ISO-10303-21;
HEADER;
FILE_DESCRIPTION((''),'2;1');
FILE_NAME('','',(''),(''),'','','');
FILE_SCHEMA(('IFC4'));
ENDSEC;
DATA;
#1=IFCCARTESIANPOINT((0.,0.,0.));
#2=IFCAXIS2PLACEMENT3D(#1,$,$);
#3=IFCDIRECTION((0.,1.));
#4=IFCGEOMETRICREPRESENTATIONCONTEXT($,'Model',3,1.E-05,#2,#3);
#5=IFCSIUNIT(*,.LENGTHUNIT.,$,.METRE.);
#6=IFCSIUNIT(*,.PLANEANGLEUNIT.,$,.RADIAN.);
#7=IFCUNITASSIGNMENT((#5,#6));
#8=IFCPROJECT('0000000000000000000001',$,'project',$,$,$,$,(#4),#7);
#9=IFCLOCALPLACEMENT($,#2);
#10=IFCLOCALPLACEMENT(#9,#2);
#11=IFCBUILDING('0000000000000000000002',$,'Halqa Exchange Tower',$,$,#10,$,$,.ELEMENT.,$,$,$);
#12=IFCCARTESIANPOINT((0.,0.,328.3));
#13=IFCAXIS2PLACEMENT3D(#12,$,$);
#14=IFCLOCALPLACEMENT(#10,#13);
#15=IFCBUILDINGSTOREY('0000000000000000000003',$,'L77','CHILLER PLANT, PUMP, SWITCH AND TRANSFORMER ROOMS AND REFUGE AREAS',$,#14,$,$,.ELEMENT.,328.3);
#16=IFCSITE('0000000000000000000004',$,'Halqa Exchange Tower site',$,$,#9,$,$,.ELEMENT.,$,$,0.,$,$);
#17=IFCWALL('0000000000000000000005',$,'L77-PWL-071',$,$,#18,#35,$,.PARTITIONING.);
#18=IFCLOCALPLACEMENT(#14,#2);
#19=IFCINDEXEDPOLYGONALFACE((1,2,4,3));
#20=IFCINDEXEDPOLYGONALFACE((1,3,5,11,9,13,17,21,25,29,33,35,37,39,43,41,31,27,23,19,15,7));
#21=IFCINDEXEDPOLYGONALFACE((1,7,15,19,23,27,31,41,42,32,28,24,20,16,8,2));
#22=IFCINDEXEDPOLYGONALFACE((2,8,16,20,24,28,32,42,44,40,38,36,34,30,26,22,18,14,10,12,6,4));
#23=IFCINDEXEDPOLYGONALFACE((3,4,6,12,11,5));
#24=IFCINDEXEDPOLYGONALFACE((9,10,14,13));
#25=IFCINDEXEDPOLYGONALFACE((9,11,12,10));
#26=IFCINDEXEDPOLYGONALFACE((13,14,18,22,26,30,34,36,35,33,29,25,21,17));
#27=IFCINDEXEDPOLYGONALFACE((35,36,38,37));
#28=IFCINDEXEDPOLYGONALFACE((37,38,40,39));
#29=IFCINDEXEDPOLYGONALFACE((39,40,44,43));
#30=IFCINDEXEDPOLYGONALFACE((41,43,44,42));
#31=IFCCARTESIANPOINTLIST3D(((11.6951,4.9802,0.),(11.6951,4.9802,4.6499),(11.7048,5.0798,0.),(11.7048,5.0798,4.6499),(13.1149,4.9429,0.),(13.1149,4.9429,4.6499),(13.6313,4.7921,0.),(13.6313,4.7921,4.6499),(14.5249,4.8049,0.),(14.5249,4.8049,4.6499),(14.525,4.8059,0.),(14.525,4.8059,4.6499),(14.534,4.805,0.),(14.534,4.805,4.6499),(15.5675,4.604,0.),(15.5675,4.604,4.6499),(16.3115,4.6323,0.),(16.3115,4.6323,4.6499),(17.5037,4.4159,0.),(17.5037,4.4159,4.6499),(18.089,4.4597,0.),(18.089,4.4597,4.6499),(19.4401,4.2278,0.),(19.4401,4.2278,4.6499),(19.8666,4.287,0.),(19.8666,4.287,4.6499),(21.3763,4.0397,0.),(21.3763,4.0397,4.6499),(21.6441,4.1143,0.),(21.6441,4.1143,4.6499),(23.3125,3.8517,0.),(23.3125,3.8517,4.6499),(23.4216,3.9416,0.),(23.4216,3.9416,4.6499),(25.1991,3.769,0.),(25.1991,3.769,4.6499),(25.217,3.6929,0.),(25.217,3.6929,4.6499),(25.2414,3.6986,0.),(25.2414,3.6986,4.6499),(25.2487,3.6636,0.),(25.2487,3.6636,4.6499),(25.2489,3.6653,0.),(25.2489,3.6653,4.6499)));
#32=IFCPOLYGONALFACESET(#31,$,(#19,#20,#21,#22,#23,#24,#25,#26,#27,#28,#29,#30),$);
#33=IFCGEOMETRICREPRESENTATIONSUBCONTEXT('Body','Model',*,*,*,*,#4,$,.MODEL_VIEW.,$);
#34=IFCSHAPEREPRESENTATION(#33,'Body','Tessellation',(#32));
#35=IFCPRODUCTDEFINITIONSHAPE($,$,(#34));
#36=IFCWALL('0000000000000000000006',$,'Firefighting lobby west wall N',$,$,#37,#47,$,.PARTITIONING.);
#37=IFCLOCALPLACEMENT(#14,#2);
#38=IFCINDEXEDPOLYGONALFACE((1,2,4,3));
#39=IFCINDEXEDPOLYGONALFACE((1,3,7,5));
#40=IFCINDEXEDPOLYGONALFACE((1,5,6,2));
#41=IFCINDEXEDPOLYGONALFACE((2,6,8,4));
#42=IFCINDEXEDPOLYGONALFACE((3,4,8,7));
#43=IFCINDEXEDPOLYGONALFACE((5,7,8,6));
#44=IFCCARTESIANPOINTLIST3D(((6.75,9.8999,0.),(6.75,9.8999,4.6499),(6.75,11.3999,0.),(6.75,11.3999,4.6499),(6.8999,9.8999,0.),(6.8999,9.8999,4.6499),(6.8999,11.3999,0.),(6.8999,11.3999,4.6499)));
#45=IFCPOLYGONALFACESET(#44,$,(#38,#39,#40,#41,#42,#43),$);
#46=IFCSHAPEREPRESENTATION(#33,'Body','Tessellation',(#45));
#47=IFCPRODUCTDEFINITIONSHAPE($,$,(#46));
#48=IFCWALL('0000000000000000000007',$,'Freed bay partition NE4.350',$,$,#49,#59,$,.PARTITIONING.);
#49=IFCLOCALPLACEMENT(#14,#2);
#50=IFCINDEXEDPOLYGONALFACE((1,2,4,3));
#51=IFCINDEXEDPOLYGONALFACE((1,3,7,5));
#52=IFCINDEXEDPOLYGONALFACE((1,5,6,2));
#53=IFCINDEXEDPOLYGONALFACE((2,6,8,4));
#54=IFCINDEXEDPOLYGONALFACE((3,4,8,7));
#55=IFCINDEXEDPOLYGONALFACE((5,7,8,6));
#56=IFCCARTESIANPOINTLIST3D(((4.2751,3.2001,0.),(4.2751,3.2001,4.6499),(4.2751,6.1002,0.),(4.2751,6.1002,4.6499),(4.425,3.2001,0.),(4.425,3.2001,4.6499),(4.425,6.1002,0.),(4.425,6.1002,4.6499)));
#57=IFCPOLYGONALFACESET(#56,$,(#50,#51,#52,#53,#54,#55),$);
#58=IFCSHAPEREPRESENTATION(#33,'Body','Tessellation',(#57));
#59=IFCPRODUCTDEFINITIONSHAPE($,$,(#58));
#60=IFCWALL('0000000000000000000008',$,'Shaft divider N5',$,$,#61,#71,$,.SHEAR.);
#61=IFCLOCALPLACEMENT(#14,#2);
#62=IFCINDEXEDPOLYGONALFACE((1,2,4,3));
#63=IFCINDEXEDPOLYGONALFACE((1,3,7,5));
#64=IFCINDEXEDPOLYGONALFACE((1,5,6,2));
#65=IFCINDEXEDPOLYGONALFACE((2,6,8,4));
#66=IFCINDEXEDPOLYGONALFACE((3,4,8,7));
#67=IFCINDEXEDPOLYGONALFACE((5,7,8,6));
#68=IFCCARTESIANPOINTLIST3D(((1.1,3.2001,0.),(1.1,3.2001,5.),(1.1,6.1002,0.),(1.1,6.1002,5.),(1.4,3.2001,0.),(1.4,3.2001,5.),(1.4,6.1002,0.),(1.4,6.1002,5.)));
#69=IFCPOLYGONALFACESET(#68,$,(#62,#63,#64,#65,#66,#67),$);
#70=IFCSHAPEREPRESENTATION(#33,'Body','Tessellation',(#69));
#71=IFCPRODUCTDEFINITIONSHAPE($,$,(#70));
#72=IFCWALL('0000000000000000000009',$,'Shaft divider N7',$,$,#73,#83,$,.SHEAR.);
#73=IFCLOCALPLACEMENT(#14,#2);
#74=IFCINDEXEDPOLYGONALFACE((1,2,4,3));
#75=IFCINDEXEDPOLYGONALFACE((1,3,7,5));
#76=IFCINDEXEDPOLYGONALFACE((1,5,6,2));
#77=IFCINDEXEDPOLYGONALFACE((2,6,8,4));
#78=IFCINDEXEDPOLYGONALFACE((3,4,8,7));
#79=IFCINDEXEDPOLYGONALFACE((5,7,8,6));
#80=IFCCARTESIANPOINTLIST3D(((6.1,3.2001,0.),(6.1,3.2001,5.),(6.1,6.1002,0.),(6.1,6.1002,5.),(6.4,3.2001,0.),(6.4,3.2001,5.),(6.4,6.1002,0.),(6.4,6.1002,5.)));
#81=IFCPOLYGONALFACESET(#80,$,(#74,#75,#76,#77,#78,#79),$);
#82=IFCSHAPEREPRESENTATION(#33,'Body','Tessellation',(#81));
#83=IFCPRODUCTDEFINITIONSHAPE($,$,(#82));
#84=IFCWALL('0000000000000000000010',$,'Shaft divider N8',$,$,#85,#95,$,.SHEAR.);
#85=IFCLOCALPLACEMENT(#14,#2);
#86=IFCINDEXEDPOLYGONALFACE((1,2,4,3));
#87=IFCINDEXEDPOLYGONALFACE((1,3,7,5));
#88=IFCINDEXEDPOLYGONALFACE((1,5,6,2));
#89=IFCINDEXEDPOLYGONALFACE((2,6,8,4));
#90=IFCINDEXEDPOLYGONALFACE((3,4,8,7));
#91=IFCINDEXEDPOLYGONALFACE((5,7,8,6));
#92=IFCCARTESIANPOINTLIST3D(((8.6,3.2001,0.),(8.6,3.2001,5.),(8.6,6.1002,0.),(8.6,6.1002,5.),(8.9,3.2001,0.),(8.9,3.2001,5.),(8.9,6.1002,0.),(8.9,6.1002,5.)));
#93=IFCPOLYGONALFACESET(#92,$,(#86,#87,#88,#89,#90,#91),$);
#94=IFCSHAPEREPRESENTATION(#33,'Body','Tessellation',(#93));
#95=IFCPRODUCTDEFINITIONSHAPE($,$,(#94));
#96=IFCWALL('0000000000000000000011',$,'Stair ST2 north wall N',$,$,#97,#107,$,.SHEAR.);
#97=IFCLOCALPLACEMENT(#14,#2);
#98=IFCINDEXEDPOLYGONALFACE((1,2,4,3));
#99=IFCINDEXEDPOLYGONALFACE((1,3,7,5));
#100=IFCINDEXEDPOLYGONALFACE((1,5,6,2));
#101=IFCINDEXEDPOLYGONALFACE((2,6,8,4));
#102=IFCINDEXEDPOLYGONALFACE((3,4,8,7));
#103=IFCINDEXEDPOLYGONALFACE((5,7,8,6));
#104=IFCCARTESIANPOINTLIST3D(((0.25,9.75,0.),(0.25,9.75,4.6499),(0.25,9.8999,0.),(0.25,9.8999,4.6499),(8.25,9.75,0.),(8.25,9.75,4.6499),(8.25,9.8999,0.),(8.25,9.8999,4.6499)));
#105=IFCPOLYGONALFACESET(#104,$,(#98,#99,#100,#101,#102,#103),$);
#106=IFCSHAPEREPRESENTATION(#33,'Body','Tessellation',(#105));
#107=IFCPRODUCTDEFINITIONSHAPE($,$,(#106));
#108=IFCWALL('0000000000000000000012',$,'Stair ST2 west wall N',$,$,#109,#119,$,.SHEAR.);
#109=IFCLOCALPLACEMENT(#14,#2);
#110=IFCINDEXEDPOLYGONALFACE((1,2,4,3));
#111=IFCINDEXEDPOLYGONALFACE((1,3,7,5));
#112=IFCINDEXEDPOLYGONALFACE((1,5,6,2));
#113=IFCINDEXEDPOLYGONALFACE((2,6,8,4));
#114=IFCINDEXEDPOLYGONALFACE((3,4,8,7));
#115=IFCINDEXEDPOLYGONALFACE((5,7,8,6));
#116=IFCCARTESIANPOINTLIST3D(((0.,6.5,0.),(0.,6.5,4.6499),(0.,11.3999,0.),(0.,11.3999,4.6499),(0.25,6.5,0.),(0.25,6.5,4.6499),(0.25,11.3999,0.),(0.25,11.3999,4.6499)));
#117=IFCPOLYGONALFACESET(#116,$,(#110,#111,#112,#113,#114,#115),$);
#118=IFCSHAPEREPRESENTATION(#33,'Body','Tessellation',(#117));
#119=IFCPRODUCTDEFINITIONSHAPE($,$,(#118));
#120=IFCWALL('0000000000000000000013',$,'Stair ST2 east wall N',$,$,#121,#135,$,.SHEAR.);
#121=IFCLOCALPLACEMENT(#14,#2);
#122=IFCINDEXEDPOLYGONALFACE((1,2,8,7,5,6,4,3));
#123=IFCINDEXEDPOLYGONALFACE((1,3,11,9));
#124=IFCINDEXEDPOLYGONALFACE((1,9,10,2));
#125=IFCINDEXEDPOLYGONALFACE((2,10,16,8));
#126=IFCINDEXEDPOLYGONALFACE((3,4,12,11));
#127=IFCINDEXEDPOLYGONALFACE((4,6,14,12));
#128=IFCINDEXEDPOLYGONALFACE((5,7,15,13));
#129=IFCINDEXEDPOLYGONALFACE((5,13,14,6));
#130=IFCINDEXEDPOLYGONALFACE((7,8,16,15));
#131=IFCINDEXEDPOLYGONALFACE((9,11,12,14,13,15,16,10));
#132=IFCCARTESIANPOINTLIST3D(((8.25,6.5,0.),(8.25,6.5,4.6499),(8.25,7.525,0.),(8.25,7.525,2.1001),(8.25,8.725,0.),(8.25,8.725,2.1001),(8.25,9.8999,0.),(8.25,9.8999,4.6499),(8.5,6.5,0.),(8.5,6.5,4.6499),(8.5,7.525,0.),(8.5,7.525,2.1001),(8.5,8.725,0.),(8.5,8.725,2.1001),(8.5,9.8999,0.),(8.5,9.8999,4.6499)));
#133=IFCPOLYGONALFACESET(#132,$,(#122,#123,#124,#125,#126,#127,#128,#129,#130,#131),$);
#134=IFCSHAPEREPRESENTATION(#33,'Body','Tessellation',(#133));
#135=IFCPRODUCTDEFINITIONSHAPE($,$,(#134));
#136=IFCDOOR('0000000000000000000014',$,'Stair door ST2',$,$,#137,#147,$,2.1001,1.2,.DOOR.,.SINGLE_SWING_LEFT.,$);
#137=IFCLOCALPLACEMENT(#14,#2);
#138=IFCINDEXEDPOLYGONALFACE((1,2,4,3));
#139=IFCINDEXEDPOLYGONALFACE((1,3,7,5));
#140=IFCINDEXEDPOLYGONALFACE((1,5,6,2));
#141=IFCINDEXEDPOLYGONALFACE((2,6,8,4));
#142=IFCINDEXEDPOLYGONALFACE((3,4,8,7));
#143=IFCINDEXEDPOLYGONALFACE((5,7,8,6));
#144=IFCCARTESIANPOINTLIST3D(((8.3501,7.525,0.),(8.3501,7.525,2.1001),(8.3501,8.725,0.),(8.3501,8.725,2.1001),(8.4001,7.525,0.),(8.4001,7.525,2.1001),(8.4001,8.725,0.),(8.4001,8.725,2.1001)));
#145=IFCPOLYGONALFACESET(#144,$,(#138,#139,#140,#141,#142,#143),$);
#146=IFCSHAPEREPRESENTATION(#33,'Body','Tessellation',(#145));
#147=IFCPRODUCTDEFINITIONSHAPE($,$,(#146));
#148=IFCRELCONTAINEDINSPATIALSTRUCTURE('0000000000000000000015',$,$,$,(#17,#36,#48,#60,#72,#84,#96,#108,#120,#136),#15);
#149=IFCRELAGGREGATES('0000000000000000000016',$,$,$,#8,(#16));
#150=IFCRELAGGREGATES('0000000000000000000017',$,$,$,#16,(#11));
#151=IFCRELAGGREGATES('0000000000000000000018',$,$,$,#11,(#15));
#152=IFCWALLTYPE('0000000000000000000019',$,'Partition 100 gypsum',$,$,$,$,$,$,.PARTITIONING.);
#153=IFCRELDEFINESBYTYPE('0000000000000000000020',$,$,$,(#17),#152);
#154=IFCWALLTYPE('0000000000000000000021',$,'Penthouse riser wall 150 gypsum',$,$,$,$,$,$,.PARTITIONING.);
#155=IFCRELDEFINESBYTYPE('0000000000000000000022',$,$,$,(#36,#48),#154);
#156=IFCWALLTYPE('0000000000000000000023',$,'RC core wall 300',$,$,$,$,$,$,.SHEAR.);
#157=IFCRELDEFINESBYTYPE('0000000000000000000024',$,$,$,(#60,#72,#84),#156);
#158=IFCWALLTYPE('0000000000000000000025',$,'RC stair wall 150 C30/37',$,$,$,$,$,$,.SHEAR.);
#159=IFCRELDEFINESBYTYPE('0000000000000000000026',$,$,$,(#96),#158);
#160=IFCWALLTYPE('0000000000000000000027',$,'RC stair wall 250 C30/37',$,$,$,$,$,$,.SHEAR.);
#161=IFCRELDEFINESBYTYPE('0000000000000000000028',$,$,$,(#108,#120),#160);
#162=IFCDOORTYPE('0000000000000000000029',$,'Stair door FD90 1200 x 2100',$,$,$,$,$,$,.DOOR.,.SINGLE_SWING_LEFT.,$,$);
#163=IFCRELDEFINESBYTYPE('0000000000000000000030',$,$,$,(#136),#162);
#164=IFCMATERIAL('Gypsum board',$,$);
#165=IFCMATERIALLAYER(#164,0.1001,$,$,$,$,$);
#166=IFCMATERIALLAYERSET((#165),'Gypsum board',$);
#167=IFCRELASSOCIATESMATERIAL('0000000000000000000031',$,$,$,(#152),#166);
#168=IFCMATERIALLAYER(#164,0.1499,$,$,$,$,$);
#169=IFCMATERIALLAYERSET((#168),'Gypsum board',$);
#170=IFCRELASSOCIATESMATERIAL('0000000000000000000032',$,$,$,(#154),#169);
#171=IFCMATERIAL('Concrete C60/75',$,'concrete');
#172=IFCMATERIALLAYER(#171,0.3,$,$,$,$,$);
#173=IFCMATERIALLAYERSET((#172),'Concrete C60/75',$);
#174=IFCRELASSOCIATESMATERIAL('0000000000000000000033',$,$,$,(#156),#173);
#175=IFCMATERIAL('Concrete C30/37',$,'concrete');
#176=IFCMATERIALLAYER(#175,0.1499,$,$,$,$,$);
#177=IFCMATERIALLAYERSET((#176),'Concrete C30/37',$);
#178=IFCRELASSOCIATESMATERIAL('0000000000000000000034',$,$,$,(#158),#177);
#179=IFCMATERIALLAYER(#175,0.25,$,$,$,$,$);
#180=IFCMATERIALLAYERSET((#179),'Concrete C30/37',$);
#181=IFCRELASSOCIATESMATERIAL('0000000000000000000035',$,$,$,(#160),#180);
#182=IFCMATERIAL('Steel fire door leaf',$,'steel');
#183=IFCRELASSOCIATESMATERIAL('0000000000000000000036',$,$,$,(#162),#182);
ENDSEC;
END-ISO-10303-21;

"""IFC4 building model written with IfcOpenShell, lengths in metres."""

from ifc_helpers import new_model, si_unit, direction, frame, frame_2d, origin, place, context, subcontext, project, spatial, polyline, rectangle, outline, extrude, material, layer, layer_set, type_object, element, fill, save


model = new_model("IFC4")

# Units and contexts
model_context = context("Model", 3, precision=1e-05, world=origin(), true_north=direction((0.0, 1.0)))
body_context = subcontext(model_context, "Body", "Model", "MODEL_VIEW")
ifc_project = project(units=[si_unit("LENGTHUNIT", "METRE"), si_unit("PLANEANGLEUNIT", "RADIAN")], contexts=[model_context])

# Site, building, storey
site_placement = place(None, origin())
site = spatial("IfcSite", under=ifc_project, at=site_placement, Name="Halqa Exchange Tower site", CompositionType="ELEMENT", RefElevation=0.0)
building_placement = place(site_placement, origin())
building = spatial("IfcBuilding", under=site, at=building_placement, Name="Halqa Exchange Tower", CompositionType="ELEMENT")
storey_placement = place(building_placement, frame((0.0, 0.0, 328.3)))
storey = spatial("IfcBuildingStorey", under=building, at=storey_placement, Name="L77", Description="CHILLER PLANT, PUMP, SWITCH AND TRANSFORMER ROOMS AND REFUGE AREAS", CompositionType="ELEMENT", Elevation=328.3)

# Shared definitions
ifc_material_1 = material(Name="Concrete C30/37", Category="concrete")

# Walls
ifc_material_2 = material(Name="Gypsum board")
ifc_layer_1 = layer(ifc_material_2, 0.1001)
ifc_layer_set_1 = layer_set([ifc_layer_1], Name="Gypsum board")
wall_type_1 = type_object("IfcWallType", Name="Partition 100 gypsum", PredefinedType="PARTITIONING", material=ifc_layer_set_1)
wall_1_placement = place(storey_placement, frame((11.7, 5.03, 0.0), z_axis=(0.0, 0.0, 1.0), x_axis=(0.995315, -0.096688, 0.0)))
element("IfcWall", 1, at=wall_1_placement, inside=storey, type_object=wall_type_1, Name="L77-PWL-071", PredefinedType="PARTITIONING", context=body_context, shape_type="SweptSolid", body=[
    extrude(outline(polyline([(13.6174, -0.05), (13.6174, -0.0483), (13.6067, -0.0159), (13.583, -0.0239), (13.5579, 0.05), (11.772, 0.05), (9.9861, 0.05), (8.2002, 0.05), (6.4143, 0.05), (4.6284, 0.05), (2.8425, 0.05), (2.8335, 0.0491), (2.8335, 0.05), (1.4167, 0.05), (0.0, 0.05), (0.0, -0.05), (1.9453, -0.05), (3.8906, -0.05), (5.8359, -0.05), (7.7815, -0.05), (9.7268, -0.05), (11.6721, -0.05), (13.6174, -0.05)])), origin(), (0.0, 0.0, 1.0), 4.6499),
])
ifc_layer_2 = layer(ifc_material_2, 0.1499)
ifc_layer_set_2 = layer_set([ifc_layer_2], Name="Gypsum board")
wall_type_2 = type_object("IfcWallType", Name="Penthouse riser wall 150 gypsum", PredefinedType="PARTITIONING", material=ifc_layer_set_2)
wall_2_placement = place(storey_placement, frame((6.825, 9.8999, 0.0), z_axis=(0.0, 0.0, 1.0), x_axis=(0.0, 1.0, 0.0)))
element("IfcWall", 2, at=wall_2_placement, inside=storey, type_object=wall_type_2, Name="Firefighting lobby west wall N", PredefinedType="PARTITIONING", context=body_context, shape_type="SweptSolid", body=[
    extrude(rectangle(XDim=1.5, YDim=0.1499, at=frame_2d((0.75, 0.0))), origin(), (0.0, 0.0, 1.0), 4.6499),
])
wall_3_placement = place(storey_placement, frame((4.3501, 3.2, 0.0), z_axis=(0.0, 0.0, 1.0), x_axis=(0.0, 1.0, 0.0)))
element("IfcWall", 3, at=wall_3_placement, inside=storey, type_object=wall_type_2, Name="Freed bay partition NE4.350", PredefinedType="PARTITIONING", context=body_context, shape_type="SweptSolid", body=[
    extrude(rectangle(XDim=2.9001, YDim=0.1499, at=frame_2d((1.4502, 0.0))), origin(), (0.0, 0.0, 1.0), 4.6499),
])
ifc_material_3 = material(Name="Concrete C60/75", Category="concrete")
ifc_layer_3 = layer(ifc_material_3, 0.3)
ifc_layer_set_3 = layer_set([ifc_layer_3], Name="Concrete C60/75")
wall_type_3 = type_object("IfcWallType", Name="RC core wall 300", PredefinedType="SHEAR", material=ifc_layer_set_3)
for number, where, z_axis, x_axis, name in (
    (4, (1.25, 3.2, 0.0), (0.0, 0.0, 1.0), (0.0, 1.0, 0.0), "Shaft divider N5"),
    (5, (6.25, 3.2, 0.0), (0.0, 0.0, 1.0), (0.0, 1.0, 0.0), "Shaft divider N7"),
    (6, (8.75, 3.2, 0.0), (0.0, 0.0, 1.0), (0.0, 1.0, 0.0), "Shaft divider N8"),
):
    element("IfcWall", number, at=place(storey_placement, frame(where, z_axis=z_axis, x_axis=x_axis)), inside=storey, type_object=wall_type_3, Name=name, PredefinedType="SHEAR", context=body_context, shape_type="SweptSolid", body=[
        extrude(rectangle(XDim=2.9001, YDim=0.3, at=frame_2d((1.4502, 0.0))), origin(), (0.0, 0.0, 1.0), 5.0),
    ])
ifc_layer_4 = layer(ifc_material_1, 0.1499)
ifc_layer_set_4 = layer_set([ifc_layer_4], Name="Concrete C30/37")
wall_type_4 = type_object("IfcWallType", Name="RC stair wall 150 C30/37", PredefinedType="SHEAR", material=ifc_layer_set_4)
wall_4_placement = place(storey_placement, frame((0.25, 9.825, 0.0), z_axis=(0.0, 0.0, 1.0), x_axis=(1.0, 0.0, 0.0)))
element("IfcWall", 7, at=wall_4_placement, inside=storey, type_object=wall_type_4, Name="Stair ST2 north wall N", PredefinedType="SHEAR", context=body_context, shape_type="SweptSolid", body=[
    extrude(rectangle(XDim=8.0, YDim=0.1499, at=frame_2d((4.0, 0.0))), origin(), (0.0, 0.0, 1.0), 4.6499),
])
ifc_layer_5 = layer(ifc_material_1, 0.25)
ifc_layer_set_5 = layer_set([ifc_layer_5], Name="Concrete C30/37")
wall_type_5 = type_object("IfcWallType", Name="RC stair wall 250 C30/37", PredefinedType="SHEAR", material=ifc_layer_set_5)
wall_5_placement = place(storey_placement, frame((0.125, 6.5, 0.0), z_axis=(0.0, 0.0, 1.0), x_axis=(0.0, 1.0, 0.0)))
element("IfcWall", 8, at=wall_5_placement, inside=storey, type_object=wall_type_5, Name="Stair ST2 west wall N", PredefinedType="SHEAR", context=body_context, shape_type="SweptSolid", body=[
    extrude(rectangle(XDim=4.8999, YDim=0.25, at=frame_2d((2.45, 0.0))), origin(), (0.0, 0.0, 1.0), 4.6499),
])

# Wall, opening, door
wall_6_placement = place(storey_placement, frame((8.375, 6.5, 0.0), z_axis=(0.0, 0.0, 1.0), x_axis=(0.0, 1.0, 0.0)))
wall_6 = element("IfcWall", 9, at=wall_6_placement, inside=storey, type_object=wall_type_5, Name="Stair ST2 east wall N", PredefinedType="SHEAR", context=body_context, shape_type="SweptSolid", body=[
    extrude(rectangle(XDim=3.3999, YDim=0.25, at=frame_2d((1.7, 0.0))), origin(), (0.0, 0.0, 1.0), 4.6499),
])
opening_placement = place(wall_6_placement, frame((1.0249, 0.0, 0.0)))
opening = element("IfcOpeningElement", 10, at=opening_placement, cuts=wall_6, PredefinedType="OPENING", context=body_context, shape_type="SweptSolid", body=[
    extrude(rectangle(XDim=1.2, YDim=2.1001, at=frame_2d((0.6001, 1.05))), frame((0.0, 0.137, 0.0), z_axis=(0.0, -1.0, 0.0), x_axis=(1.0, 0.0, 0.0)), (0.0, 0.0, 1.0), 0.2739),
])
ifc_material_4 = material(Name="Steel fire door leaf", Category="steel")
door_type = type_object("IfcDoorType", Name="Stair door FD90 1200 x 2100", OperationType="SINGLE_SWING_LEFT", PredefinedType="DOOR", material=ifc_material_4)
door_placement = place(opening_placement, origin())
door = element("IfcDoor", 11, at=door_placement, inside=storey, type_object=door_type, Name="Stair door ST2", OperationType="SINGLE_SWING_LEFT", OverallHeight=2.1001, OverallWidth=1.2, PredefinedType="DOOR", context=body_context, shape_type="SweptSolid", body=[
    extrude(rectangle(XDim=1.2, YDim=2.1001, at=frame_2d((0.6001, 1.05))), frame((0.0, 0.0249, 0.0), z_axis=(0.0, -1.0, 0.0), x_axis=(1.0, 0.0, 0.0)), (0.0, 0.0, 1.0), 0.05),
])
fill(opening, door)

save(model, "model.ifc")
